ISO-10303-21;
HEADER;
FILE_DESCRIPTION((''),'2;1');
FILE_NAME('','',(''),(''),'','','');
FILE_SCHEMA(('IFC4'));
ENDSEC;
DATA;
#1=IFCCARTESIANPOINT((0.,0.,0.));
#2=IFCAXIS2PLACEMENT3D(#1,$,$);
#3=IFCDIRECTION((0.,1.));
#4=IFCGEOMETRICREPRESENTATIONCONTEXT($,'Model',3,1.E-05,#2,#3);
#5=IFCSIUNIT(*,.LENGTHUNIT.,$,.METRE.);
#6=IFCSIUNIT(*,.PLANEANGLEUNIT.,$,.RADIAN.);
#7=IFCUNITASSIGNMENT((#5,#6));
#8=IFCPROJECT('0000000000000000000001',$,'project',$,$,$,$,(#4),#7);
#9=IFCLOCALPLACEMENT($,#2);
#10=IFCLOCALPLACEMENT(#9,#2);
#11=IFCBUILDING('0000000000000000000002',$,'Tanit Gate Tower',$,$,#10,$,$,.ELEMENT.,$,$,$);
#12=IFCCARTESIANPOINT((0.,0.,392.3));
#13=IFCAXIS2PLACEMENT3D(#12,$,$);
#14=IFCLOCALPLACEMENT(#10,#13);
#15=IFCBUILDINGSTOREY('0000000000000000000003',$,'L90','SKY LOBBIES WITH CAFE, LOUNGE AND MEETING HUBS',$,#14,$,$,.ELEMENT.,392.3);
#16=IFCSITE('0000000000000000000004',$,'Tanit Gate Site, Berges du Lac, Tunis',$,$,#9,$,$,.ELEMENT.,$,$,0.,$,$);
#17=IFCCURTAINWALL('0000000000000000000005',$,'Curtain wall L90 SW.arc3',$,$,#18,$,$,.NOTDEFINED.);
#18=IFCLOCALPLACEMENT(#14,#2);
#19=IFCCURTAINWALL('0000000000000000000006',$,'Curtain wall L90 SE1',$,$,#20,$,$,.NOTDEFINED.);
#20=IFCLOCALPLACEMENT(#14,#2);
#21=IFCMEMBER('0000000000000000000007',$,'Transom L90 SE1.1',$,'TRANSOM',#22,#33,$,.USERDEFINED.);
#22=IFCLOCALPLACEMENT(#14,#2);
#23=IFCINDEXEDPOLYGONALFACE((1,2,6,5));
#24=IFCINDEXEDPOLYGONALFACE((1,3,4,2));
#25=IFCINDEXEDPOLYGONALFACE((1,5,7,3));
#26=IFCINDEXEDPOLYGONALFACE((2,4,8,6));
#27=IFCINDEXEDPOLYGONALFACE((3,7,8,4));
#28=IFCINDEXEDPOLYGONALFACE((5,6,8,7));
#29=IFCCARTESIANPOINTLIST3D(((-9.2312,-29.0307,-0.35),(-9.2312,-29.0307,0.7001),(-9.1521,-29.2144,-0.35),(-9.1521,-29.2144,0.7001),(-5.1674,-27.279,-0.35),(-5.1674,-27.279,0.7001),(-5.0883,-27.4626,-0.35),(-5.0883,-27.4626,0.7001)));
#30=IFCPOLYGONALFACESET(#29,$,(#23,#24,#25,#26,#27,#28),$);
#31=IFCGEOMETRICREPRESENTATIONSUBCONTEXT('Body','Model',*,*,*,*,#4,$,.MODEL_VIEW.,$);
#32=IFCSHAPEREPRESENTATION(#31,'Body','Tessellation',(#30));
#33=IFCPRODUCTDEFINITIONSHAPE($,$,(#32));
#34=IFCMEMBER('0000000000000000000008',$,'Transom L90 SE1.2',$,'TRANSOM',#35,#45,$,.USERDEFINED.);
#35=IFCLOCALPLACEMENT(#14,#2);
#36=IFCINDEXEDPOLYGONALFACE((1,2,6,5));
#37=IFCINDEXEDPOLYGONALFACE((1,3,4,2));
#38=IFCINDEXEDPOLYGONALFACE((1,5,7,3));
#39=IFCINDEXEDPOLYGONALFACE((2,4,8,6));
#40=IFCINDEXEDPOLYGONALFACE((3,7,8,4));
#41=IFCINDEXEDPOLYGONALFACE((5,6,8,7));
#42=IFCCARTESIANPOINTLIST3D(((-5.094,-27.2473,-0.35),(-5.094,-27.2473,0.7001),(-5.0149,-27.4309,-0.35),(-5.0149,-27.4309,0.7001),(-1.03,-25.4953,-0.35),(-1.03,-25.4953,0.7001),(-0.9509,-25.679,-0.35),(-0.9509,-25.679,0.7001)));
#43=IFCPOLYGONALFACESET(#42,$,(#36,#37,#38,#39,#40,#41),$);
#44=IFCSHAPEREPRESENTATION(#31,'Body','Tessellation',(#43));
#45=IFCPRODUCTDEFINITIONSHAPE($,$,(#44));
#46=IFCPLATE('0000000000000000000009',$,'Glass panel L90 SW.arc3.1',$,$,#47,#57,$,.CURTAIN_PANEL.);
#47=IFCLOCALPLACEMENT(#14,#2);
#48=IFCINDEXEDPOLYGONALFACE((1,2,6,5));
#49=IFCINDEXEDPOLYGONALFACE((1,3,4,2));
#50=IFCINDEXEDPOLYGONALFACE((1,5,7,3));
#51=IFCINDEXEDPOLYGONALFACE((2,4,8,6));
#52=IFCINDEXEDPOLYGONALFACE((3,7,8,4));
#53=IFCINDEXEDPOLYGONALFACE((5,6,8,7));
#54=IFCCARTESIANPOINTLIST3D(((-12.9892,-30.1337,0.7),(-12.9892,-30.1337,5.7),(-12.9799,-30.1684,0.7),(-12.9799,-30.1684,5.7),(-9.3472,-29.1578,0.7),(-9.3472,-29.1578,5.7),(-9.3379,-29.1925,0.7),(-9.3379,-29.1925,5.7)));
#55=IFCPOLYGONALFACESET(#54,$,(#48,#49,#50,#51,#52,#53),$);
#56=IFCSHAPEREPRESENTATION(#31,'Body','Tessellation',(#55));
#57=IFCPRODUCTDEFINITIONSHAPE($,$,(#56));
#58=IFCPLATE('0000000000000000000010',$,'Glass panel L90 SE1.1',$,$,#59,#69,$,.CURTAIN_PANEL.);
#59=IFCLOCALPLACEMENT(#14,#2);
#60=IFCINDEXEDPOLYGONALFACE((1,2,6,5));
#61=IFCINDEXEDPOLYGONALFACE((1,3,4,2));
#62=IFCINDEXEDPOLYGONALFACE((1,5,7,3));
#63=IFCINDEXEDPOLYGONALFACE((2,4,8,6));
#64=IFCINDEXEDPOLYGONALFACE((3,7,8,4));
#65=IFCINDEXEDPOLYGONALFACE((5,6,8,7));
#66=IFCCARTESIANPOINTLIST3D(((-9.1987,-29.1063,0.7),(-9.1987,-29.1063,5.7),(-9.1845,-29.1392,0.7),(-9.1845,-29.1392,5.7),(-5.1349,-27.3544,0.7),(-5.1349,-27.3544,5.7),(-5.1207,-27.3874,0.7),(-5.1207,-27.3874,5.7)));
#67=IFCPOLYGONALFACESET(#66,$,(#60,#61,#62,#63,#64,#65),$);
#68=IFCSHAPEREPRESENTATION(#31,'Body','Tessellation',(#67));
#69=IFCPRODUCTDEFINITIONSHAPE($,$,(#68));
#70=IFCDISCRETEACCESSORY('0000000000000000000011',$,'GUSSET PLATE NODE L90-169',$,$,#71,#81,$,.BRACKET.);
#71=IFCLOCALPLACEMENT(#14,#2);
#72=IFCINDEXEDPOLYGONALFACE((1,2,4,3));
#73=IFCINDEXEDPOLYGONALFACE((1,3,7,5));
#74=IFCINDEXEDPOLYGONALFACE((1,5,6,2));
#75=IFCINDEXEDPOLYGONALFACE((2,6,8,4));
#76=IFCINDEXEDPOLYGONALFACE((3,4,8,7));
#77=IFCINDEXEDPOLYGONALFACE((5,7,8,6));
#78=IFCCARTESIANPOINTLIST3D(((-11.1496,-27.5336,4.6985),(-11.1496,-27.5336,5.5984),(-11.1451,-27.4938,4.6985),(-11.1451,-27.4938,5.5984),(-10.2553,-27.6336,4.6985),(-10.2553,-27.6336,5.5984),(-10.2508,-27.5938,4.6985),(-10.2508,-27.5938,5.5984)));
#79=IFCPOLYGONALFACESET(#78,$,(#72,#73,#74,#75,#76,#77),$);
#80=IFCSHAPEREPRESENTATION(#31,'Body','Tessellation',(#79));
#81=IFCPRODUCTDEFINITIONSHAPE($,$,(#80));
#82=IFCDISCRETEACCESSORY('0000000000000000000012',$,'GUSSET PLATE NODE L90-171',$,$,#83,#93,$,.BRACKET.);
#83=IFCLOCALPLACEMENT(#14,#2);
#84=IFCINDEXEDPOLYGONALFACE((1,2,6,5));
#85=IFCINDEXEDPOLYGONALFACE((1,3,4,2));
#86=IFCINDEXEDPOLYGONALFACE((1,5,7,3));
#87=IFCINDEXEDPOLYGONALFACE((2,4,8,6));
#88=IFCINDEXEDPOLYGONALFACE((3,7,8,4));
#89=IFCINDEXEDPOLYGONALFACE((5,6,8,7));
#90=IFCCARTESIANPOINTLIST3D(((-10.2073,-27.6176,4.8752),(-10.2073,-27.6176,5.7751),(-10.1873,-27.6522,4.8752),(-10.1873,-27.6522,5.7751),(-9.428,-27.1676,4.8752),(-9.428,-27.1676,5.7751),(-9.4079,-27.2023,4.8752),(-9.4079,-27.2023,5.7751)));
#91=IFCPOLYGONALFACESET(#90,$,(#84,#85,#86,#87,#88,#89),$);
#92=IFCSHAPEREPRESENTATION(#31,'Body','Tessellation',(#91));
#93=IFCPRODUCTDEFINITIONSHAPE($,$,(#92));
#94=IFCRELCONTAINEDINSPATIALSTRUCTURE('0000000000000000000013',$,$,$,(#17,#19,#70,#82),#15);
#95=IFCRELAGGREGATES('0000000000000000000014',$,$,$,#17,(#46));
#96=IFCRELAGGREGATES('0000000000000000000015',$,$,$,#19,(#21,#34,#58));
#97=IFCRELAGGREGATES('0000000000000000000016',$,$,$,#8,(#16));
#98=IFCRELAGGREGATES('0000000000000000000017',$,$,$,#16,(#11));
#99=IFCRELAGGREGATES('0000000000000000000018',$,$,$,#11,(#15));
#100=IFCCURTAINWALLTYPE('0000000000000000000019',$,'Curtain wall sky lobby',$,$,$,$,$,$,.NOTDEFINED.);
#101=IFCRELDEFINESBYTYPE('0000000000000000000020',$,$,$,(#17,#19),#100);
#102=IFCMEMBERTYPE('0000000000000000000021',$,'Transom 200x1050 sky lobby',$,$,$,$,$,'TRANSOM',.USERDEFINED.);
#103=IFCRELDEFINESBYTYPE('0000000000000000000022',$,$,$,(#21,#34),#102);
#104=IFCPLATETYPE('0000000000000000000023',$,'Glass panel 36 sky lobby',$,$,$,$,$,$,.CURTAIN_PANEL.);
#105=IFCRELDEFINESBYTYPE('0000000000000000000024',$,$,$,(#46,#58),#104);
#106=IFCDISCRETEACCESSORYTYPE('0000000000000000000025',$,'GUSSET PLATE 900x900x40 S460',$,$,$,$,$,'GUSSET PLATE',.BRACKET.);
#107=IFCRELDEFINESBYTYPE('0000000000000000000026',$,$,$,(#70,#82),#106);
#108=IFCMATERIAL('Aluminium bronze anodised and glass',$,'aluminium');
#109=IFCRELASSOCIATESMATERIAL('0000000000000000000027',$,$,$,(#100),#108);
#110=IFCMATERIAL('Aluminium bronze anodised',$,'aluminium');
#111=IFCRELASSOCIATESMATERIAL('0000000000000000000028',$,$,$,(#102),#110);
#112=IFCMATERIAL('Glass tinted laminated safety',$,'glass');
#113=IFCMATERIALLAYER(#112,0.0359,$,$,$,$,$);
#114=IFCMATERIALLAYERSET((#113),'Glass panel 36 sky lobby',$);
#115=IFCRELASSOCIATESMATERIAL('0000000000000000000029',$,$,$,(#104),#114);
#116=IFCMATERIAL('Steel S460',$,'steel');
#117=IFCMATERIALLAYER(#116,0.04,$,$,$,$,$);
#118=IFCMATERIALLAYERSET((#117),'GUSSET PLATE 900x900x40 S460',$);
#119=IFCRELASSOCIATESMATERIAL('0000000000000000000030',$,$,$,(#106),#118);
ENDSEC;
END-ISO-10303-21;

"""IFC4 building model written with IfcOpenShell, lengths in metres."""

from ifc_helpers import new_model, si_unit, direction, frame, origin, origin_2d, place, context, subcontext, project, spatial, rectangle, extrude, material, layer, layer_set, material_profile, profile_set, type_object, element, aggregate, save


model = new_model("IFC4")

# Units and contexts
model_context = context("Model", 3, precision=1e-05, world=origin(), true_north=direction((0.0, 1.0)))
body_context = subcontext(model_context, "Body", "Model", "MODEL_VIEW")
ifc_project = project(units=[si_unit("LENGTHUNIT", "METRE"), si_unit("PLANEANGLEUNIT", "RADIAN")], contexts=[model_context])

# Site, building, storey
site_placement = place(None, origin())
site = spatial("IfcSite", under=ifc_project, at=site_placement, Name="Tanit Gate Site, Berges du Lac, Tunis", CompositionType="ELEMENT", RefElevation=0.0)
building_placement = place(site_placement, origin())
building = spatial("IfcBuilding", under=site, at=building_placement, Name="Tanit Gate Tower", CompositionType="ELEMENT")
storey_placement = place(building_placement, frame((0.0, 0.0, 392.3)))
storey = spatial("IfcBuildingStorey", under=building, at=storey_placement, Name="L90", Description="SKY LOBBIES WITH CAFE, LOUNGE AND MEETING HUBS", CompositionType="ELEMENT", Elevation=392.3)

# Curtain walls
ifc_material_1 = material(Name="Aluminium bronze anodised and glass", Category="aluminium")
curtain_wall_type = type_object("IfcCurtainWallType", Name="Curtain wall sky lobby", PredefinedType="NOTDEFINED", material=ifc_material_1)
curtain_wall_1_placement = place(storey_placement, origin())
curtain_wall_1 = element("IfcCurtainWall", 1, at=curtain_wall_1_placement, inside=storey, type_object=curtain_wall_type, Name="Curtain wall L90 SW.arc3", PredefinedType="NOTDEFINED")
curtain_wall_2_placement = place(storey_placement, origin())
curtain_wall_2 = element("IfcCurtainWall", 2, at=curtain_wall_2_placement, inside=storey, type_object=curtain_wall_type, Name="Curtain wall L90 SE1", PredefinedType="NOTDEFINED")

# Members
ifc_material_2 = material(Name="Aluminium bronze anodised", Category="aluminium")
ifc_material_profile_1 = material_profile(ifc_material_2, rectangle(XDim=0.2, YDim=1.05, at=origin_2d()), Name="200x1050 bronze transom")
ifc_profile_set_1 = profile_set([ifc_material_profile_1], Name="Aluminium bronze anodised")
member_type_1 = type_object("IfcMemberType", Name="Transom 200x1050 sky lobby", ElementType="TRANSOM", PredefinedType="USERDEFINED", material=ifc_profile_set_1)
member_1_placement = place(storey_placement, frame((-9.1917, -29.1226, 0.175), z_axis=(0.918315, 0.395849, 0.0), x_axis=(-0.395849, 0.918315, 0.0)))
member_1 = element("IfcMember", 3, at=member_1_placement, type_object=member_type_1, Name="Transom L90 SE1.1", ObjectType="TRANSOM", PredefinedType="USERDEFINED", context=body_context, shape_type="SweptSolid", body=[
    extrude(rectangle(XDim=0.2, YDim=1.05, at=origin_2d()), origin(), (0.0, 0.0, 1.0), 4.4253),
])
member_2_placement = place(storey_placement, frame((-5.0544, -27.3391, 0.175), z_axis=(0.918304, 0.395876, 0.0), x_axis=(-0.395876, 0.918304, 0.0)))
member_2 = element("IfcMember", 4, at=member_2_placement, type_object=member_type_1, Name="Transom L90 SE1.2", ObjectType="TRANSOM", PredefinedType="USERDEFINED", context=body_context, shape_type="SweptSolid", body=[
    extrude(rectangle(XDim=0.2, YDim=1.05, at=origin_2d()), origin(), (0.0, 0.0, 1.0), 4.4255),
])

# Plates
ifc_material_3 = material(Name="Glass tinted laminated safety", Category="glass")
ifc_layer_1 = layer(ifc_material_3, 0.0359)
ifc_layer_set_1 = layer_set([ifc_layer_1], Name="Glass panel 36 sky lobby")
plate_type = type_object("IfcPlateType", Name="Glass panel 36 sky lobby", PredefinedType="CURTAIN_PANEL", material=ifc_layer_set_1)
plate_1_placement = place(storey_placement, frame((-11.1636, -29.6631, 0.7), z_axis=(0.0, 0.0, 1.0), x_axis=(0.965926, 0.258819, 0.0)))
plate_1 = element("IfcPlate", 5, at=plate_1_placement, type_object=plate_type, Name="Glass panel L90 SW.arc3.1", PredefinedType="CURTAIN_PANEL", context=body_context, shape_type="SweptSolid", body=[
    extrude(rectangle(XDim=3.7705, YDim=0.0359, at=origin_2d()), origin(), (0.0, 0.0, 1.0), 5.0),
])
aggregate(curtain_wall_1, [plate_1])
plate_2_placement = place(storey_placement, frame((-7.1597, -28.2468, 0.7), z_axis=(0.0, 0.0, 1.0), x_axis=(0.918306, 0.395871, 0.0)))
plate_2 = element("IfcPlate", 6, at=plate_2_placement, type_object=plate_type, Name="Glass panel L90 SE1.1", PredefinedType="CURTAIN_PANEL", context=body_context, shape_type="SweptSolid", body=[
    extrude(rectangle(XDim=4.4253, YDim=0.0359, at=origin_2d()), origin(), (0.0, 0.0, 1.0), 5.0),
])
aggregate(curtain_wall_2, [member_1, member_2, plate_2])

# Discrete accessories
ifc_material_4 = material(Name="Steel S460", Category="steel")
ifc_layer_2 = layer(ifc_material_4, 0.04)
ifc_layer_set_2 = layer_set([ifc_layer_2], Name="GUSSET PLATE 900x900x40 S460")
discrete_accessory_type = type_object("IfcDiscreteAccessoryType", Name="GUSSET PLATE 900x900x40 S460", ElementType="GUSSET PLATE", PredefinedType="BRACKET", material=ifc_layer_set_2)
for number, where, z_axis, x_axis, name in (
    (7, (-10.7002, -27.5637, 4.6985), (0.0, 0.0, 1.0), (-0.993809, 0.111105, 0.0), "GUSSET PLATE NODE L90-169"),
    (8, (-9.8076, -27.4099, 4.8752), (0.0, 0.0, 1.0), (0.866025, 0.5, 0.0), "GUSSET PLATE NODE L90-171"),
):
    element("IfcDiscreteAccessory", number, at=place(storey_placement, frame(where, z_axis=z_axis, x_axis=x_axis)), inside=storey, type_object=discrete_accessory_type, Name=name, PredefinedType="BRACKET", context=body_context, shape_type="SweptSolid", body=[
        extrude(rectangle(XDim=0.8999, YDim=0.04, at=origin_2d()), origin(), (0.0, 0.0, 1.0), 0.8999),
    ])

save(model, "model.ifc")
